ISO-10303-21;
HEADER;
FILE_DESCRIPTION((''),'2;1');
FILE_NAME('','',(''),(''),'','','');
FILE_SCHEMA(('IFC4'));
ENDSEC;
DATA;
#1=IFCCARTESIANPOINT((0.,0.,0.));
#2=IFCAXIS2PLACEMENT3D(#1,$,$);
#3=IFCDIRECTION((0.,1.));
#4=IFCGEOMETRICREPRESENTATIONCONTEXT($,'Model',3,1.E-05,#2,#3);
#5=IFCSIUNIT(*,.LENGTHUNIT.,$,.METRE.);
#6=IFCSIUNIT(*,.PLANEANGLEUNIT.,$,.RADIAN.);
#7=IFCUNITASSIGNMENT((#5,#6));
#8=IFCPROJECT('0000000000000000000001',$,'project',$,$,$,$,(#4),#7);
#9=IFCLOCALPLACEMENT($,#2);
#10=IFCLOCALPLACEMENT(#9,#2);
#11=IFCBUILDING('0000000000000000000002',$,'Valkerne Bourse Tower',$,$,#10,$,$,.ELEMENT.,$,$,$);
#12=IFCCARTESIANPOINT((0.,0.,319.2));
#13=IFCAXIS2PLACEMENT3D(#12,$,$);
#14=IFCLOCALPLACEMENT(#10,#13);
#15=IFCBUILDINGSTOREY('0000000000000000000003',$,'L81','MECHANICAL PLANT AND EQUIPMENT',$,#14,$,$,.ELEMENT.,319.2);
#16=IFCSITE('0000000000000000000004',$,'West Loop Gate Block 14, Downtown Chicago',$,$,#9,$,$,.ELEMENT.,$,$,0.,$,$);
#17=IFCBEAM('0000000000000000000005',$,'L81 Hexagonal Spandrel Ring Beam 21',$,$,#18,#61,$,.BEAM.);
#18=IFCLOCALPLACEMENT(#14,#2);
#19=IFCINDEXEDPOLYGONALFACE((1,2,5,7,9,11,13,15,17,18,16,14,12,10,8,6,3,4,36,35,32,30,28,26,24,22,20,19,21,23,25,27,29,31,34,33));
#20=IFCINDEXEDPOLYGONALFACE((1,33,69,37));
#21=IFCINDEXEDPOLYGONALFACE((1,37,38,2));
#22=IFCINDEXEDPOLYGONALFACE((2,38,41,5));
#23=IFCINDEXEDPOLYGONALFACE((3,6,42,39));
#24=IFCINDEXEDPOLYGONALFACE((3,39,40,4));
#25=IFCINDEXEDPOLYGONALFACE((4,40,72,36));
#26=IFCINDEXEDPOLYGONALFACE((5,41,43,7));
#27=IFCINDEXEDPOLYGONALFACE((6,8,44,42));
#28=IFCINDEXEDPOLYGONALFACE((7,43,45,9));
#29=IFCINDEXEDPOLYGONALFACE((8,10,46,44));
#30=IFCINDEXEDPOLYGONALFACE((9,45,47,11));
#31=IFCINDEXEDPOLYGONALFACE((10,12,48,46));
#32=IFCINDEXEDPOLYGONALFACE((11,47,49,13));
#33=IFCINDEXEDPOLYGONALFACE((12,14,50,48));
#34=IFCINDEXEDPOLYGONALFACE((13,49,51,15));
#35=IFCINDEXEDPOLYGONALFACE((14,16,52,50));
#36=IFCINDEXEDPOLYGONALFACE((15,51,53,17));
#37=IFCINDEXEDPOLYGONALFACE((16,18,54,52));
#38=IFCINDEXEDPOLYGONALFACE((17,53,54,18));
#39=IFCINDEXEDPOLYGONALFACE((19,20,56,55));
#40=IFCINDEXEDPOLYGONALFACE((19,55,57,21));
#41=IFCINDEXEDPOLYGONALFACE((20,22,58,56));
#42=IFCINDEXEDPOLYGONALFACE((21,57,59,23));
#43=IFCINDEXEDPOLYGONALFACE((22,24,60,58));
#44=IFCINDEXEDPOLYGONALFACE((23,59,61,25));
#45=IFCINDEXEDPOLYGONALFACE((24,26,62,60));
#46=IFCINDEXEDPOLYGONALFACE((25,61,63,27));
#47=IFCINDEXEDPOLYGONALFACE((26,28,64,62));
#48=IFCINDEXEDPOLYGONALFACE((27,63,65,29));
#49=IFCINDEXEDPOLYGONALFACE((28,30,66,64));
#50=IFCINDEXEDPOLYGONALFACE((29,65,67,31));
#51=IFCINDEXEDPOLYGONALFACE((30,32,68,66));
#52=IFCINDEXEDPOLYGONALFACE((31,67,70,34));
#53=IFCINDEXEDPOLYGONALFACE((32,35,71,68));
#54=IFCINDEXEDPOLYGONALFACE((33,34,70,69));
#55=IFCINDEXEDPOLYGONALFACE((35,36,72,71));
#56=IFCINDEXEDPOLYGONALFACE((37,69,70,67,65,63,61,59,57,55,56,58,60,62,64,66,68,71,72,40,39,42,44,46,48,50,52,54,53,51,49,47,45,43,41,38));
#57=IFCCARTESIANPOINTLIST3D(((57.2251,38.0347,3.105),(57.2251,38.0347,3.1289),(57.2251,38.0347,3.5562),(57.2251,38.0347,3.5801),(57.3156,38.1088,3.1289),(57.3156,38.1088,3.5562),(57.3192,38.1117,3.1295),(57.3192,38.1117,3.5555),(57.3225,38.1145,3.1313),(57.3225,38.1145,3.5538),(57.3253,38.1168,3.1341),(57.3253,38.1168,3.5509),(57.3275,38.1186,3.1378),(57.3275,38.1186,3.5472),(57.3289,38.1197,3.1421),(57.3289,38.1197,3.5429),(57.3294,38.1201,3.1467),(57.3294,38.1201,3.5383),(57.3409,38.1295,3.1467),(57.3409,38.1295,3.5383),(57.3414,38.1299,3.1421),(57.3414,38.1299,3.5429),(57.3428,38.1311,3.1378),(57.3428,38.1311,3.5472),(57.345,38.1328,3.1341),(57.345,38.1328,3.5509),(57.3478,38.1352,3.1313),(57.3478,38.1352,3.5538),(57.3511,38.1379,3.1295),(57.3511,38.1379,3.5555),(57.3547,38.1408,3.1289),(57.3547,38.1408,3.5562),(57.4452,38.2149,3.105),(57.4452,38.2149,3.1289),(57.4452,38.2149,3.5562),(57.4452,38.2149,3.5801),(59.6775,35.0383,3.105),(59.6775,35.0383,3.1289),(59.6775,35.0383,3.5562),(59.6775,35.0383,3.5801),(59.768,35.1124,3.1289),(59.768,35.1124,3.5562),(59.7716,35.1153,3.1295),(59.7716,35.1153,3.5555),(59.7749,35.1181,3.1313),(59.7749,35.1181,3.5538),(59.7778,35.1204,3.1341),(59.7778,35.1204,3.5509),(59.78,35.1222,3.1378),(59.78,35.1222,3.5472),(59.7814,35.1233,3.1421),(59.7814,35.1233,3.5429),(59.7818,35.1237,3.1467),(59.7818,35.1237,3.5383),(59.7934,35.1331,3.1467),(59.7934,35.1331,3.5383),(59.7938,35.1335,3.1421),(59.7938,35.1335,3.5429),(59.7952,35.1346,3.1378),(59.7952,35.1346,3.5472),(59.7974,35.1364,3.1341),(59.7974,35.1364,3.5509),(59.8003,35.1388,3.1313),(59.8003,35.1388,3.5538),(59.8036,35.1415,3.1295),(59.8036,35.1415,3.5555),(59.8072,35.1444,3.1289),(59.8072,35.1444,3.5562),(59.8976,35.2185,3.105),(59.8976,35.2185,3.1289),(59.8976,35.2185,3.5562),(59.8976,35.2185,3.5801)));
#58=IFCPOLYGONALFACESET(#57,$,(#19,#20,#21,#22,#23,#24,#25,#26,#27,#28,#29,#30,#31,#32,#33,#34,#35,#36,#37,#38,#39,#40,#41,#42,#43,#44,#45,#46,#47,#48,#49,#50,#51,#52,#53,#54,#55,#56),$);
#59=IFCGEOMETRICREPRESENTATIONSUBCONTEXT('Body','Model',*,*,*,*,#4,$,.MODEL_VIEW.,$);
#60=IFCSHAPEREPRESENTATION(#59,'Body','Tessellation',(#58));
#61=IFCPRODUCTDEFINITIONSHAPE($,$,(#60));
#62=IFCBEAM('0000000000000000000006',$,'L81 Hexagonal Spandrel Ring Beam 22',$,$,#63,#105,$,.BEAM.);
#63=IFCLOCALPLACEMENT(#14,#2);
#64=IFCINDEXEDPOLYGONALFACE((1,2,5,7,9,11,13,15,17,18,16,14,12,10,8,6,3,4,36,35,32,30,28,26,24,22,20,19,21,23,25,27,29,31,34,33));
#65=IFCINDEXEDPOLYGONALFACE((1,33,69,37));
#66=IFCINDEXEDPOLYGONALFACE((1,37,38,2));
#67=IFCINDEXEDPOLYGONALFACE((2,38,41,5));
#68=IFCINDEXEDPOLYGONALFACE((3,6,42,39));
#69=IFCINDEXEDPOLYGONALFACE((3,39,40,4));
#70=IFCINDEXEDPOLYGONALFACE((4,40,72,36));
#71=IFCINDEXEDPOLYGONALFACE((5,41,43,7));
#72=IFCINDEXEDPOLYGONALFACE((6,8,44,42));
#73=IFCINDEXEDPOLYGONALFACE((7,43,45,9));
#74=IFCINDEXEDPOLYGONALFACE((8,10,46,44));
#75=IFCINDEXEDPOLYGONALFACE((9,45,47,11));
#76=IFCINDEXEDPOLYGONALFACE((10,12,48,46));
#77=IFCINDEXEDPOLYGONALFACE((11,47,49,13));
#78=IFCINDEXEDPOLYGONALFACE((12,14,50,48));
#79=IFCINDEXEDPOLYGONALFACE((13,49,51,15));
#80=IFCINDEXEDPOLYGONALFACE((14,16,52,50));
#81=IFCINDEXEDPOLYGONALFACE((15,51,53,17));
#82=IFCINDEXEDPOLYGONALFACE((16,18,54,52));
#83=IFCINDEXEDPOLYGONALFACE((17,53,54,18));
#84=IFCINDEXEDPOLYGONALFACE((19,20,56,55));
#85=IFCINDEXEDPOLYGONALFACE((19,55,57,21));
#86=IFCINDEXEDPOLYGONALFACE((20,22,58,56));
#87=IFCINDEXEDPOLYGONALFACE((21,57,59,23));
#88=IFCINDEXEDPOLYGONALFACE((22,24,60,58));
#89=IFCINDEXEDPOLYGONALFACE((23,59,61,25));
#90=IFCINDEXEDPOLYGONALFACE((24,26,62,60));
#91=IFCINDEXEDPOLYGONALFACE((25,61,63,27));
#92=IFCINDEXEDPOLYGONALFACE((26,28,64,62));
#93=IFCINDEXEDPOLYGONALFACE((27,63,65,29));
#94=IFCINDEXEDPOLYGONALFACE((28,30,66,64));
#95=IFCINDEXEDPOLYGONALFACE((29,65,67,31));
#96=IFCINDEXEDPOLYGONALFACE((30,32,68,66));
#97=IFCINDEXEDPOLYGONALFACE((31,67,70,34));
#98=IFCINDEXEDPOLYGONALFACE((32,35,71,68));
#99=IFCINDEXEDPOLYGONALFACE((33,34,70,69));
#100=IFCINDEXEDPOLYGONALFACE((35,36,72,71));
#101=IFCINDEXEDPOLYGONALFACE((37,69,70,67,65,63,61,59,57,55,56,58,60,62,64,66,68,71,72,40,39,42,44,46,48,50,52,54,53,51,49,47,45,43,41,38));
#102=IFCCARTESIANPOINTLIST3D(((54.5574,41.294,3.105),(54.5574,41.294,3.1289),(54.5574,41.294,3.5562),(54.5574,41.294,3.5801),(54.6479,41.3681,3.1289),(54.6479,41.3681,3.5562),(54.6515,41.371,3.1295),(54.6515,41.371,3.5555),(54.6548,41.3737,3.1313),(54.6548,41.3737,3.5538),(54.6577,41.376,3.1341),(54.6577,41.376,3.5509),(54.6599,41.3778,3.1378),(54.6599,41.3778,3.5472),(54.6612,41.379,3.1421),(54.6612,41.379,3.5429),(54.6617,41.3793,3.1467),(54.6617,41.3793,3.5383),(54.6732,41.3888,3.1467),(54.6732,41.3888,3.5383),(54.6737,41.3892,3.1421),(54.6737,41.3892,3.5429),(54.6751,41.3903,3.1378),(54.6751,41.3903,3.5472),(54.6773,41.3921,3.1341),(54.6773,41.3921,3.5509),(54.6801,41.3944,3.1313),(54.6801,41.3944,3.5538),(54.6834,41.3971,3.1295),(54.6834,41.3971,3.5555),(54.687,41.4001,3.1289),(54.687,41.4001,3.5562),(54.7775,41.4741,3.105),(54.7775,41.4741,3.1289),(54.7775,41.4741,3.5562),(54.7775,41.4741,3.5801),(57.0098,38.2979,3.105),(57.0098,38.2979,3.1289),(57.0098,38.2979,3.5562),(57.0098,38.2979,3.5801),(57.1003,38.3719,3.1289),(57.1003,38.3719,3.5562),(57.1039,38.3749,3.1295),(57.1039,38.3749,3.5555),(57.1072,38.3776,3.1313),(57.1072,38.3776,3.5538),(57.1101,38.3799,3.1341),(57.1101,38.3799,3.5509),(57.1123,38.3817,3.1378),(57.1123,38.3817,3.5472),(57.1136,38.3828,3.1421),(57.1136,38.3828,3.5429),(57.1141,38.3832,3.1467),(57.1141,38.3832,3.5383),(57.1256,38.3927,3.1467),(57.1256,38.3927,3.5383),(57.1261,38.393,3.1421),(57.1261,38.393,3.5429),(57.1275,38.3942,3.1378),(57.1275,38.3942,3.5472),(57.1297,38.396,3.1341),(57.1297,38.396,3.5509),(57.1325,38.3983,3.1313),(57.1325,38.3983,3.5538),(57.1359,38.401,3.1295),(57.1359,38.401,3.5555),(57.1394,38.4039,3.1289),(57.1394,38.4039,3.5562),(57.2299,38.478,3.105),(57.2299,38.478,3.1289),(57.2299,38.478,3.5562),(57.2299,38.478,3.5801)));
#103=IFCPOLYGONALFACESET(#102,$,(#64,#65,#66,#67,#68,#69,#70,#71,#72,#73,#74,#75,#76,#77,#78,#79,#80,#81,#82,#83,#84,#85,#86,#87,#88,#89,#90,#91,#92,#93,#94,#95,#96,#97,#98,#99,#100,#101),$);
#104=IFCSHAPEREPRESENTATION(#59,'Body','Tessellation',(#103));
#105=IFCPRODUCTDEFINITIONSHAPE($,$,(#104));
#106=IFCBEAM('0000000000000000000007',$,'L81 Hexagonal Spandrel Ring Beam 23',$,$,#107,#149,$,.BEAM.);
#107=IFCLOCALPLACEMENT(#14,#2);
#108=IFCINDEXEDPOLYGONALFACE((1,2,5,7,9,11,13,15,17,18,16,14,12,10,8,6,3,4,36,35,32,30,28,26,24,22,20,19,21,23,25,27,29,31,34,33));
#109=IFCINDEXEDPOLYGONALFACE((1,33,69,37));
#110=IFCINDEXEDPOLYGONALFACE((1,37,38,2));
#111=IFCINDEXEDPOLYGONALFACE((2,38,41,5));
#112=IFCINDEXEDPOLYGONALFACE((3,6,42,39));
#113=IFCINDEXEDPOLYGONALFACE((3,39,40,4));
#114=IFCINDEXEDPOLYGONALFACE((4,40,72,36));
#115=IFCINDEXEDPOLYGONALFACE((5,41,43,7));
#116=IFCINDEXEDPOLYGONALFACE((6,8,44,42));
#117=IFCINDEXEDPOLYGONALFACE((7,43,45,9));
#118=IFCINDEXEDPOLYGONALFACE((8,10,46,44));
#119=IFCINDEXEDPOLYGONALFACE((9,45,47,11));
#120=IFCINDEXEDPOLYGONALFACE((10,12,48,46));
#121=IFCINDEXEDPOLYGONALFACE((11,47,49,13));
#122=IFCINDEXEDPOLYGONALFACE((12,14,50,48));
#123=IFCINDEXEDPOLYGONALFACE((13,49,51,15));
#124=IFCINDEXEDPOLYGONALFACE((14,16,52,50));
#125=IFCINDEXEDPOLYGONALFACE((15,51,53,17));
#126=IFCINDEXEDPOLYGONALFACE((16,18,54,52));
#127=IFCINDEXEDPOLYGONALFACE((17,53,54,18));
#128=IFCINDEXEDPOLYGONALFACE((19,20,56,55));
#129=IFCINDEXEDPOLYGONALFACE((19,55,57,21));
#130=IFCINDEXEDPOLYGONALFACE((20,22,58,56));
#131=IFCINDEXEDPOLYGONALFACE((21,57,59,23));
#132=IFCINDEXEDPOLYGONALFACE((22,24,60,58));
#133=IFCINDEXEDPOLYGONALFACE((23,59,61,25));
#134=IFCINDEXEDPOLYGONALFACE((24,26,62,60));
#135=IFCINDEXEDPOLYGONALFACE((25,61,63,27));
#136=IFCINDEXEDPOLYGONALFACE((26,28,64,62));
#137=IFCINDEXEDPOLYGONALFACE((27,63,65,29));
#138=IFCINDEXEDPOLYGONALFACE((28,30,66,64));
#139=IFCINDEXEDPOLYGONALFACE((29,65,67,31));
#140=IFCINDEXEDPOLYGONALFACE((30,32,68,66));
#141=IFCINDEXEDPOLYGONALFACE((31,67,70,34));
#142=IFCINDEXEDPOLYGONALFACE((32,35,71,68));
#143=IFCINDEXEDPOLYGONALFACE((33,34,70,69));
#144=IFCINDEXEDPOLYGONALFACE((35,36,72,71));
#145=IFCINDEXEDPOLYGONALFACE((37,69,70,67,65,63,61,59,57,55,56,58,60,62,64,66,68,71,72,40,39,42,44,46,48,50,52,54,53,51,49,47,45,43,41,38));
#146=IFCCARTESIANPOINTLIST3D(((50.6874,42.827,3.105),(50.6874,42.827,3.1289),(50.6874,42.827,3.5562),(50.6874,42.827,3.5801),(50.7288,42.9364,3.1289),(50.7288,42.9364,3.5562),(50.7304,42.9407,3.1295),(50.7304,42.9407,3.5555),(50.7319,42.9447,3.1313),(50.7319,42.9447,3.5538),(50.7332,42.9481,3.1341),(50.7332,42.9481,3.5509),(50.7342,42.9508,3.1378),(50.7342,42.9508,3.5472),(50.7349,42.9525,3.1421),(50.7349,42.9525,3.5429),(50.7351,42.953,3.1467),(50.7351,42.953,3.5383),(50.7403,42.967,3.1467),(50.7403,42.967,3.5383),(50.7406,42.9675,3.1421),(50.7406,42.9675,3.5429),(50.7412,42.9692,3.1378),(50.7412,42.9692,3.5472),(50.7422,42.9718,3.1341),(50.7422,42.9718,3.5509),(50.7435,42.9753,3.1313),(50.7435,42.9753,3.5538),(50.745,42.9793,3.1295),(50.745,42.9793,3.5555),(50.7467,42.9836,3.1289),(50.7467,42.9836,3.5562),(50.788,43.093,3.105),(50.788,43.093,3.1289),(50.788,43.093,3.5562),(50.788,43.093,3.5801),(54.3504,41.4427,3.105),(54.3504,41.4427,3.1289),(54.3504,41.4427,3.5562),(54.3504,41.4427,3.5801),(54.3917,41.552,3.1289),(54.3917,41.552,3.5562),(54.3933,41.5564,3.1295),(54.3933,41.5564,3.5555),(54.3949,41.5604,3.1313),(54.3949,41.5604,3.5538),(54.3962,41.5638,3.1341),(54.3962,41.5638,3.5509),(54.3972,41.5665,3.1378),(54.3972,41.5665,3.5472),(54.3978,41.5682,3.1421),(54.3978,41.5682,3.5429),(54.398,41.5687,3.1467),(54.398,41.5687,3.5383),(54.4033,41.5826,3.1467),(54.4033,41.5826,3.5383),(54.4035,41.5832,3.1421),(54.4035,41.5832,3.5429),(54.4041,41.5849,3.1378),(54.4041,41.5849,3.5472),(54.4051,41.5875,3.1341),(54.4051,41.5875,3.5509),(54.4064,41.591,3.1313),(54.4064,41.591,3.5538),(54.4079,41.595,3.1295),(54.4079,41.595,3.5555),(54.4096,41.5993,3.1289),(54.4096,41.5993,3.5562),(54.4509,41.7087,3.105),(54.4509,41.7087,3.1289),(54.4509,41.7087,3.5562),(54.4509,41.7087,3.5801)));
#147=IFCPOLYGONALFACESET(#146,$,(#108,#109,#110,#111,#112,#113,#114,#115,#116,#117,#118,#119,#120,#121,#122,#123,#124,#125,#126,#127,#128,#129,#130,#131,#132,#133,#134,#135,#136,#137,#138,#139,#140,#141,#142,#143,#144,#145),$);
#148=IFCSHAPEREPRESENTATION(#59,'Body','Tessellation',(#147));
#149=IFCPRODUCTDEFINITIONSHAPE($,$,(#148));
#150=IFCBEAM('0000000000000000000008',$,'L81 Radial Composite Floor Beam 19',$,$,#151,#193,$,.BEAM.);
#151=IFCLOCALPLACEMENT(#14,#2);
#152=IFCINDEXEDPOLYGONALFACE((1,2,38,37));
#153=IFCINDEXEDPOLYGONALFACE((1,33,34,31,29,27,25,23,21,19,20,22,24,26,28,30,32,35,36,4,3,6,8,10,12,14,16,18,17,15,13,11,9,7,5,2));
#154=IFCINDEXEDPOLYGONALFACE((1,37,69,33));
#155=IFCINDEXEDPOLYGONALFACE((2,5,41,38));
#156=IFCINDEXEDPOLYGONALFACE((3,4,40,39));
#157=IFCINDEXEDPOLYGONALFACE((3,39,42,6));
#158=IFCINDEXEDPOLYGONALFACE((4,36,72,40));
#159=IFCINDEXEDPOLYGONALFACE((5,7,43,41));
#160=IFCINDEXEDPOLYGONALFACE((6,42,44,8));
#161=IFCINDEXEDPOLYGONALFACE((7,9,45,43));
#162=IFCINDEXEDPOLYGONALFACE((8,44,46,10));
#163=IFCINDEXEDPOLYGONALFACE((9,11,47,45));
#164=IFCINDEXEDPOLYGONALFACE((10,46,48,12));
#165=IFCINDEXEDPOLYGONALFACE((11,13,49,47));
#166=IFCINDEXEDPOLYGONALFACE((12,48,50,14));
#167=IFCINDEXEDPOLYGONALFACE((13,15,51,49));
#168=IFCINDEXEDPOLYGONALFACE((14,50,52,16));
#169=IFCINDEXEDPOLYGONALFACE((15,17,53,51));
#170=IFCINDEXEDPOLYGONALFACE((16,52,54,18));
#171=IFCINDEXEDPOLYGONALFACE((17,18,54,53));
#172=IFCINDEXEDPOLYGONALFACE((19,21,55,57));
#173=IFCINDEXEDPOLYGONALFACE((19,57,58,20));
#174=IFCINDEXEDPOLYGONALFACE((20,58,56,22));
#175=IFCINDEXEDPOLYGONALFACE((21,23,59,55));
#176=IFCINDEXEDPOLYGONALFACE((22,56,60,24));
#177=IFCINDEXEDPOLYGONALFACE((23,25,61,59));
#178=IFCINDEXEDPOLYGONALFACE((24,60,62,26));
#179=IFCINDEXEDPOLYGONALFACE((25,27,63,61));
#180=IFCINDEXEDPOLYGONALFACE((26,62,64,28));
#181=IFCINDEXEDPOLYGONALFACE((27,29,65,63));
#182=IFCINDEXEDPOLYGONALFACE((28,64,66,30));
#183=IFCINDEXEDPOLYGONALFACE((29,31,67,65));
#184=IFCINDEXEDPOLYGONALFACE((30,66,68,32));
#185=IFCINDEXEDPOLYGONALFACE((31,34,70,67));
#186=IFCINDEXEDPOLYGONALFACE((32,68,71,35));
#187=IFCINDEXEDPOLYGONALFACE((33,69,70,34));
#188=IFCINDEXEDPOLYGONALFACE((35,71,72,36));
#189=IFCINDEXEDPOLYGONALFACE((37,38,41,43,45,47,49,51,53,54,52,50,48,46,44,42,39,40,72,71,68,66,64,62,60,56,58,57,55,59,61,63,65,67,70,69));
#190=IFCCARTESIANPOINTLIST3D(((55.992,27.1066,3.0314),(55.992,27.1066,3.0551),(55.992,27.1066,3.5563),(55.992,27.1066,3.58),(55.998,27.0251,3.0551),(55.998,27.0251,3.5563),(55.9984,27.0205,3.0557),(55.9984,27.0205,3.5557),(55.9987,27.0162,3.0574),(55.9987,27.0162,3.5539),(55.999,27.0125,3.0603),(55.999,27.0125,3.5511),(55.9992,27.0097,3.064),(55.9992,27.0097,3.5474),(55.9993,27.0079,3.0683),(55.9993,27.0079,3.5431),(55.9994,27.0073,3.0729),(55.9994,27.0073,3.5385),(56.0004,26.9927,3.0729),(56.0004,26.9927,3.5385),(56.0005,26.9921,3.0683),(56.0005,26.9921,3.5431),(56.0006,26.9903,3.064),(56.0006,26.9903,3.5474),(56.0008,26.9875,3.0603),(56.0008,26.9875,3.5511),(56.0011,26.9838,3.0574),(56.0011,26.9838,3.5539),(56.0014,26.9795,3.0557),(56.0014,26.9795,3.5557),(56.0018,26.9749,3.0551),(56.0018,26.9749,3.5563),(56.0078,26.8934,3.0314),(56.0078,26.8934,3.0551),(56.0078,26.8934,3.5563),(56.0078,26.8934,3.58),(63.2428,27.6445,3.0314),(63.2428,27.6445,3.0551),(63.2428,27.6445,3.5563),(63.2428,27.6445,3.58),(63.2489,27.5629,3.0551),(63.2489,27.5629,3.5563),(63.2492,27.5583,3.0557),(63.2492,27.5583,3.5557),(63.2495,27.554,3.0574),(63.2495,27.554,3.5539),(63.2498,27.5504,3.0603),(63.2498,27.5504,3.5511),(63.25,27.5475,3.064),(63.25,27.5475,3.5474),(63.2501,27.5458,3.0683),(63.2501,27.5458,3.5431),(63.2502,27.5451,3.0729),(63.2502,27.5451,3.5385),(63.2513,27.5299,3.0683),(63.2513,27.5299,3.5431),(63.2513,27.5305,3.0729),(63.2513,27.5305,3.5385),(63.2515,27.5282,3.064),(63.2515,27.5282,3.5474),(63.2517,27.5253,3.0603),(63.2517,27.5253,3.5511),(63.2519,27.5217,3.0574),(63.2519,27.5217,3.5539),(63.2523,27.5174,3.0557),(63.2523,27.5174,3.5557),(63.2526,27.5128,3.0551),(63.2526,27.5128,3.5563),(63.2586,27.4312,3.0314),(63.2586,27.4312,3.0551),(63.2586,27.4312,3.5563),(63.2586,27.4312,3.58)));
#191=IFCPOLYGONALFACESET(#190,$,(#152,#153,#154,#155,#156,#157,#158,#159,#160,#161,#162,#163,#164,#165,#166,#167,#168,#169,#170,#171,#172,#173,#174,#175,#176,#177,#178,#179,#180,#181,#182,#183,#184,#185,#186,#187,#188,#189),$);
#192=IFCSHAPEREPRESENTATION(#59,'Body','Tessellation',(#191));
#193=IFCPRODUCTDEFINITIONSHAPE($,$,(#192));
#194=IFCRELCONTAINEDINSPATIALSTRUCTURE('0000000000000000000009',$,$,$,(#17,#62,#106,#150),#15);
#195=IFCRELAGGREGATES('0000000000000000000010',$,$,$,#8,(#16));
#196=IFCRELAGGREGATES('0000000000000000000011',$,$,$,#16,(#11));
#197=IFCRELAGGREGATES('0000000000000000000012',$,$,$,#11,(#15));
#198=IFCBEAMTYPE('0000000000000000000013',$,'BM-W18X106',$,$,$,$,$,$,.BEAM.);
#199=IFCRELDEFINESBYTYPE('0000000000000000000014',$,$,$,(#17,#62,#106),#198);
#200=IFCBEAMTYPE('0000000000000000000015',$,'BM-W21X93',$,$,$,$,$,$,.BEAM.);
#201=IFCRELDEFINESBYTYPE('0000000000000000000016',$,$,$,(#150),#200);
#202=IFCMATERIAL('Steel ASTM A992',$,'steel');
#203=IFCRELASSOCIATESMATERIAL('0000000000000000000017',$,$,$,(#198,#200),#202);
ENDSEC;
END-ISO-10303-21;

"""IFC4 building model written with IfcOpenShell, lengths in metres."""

from ifc_helpers import new_model, si_unit, direction, frame, origin, origin_2d, place, context, subcontext, project, spatial, i_section, extrude, material, material_profile, profile_set, type_object, element, save


model = new_model("IFC4")

# Units and contexts
model_context = context("Model", 3, precision=1e-05, world=origin(), true_north=direction((0.0, 1.0)))
body_context = subcontext(model_context, "Body", "Model", "MODEL_VIEW")
ifc_project = project(units=[si_unit("LENGTHUNIT", "METRE"), si_unit("PLANEANGLEUNIT", "RADIAN")], contexts=[model_context])

# Site, building, storey
site_placement = place(None, origin())
site = spatial("IfcSite", under=ifc_project, at=site_placement, Name="West Loop Gate Block 14, Downtown Chicago", CompositionType="ELEMENT", RefElevation=0.0)
building_placement = place(site_placement, origin())
building = spatial("IfcBuilding", under=site, at=building_placement, Name="Valkerne Bourse Tower", CompositionType="ELEMENT")
storey_placement = place(building_placement, frame((0.0, 0.0, 319.2)))
storey = spatial("IfcBuildingStorey", under=building, at=storey_placement, Name="L81", Description="MECHANICAL PLANT AND EQUIPMENT", CompositionType="ELEMENT", Elevation=319.2)

# Beams
ifc_material_1 = material(Name="Steel ASTM A992", Category="steel")
ifc_material_profile_1 = material_profile(ifc_material_1, i_section(OverallWidth=0.2844, OverallDepth=0.4751, WebThickness=0.0149, FlangeThickness=0.0239, FilletRadius=0.0178, at=origin_2d()), Name="W18X106")
ifc_profile_set_1 = profile_set([ifc_material_profile_1], Name="Steel ASTM A992")
beam_type_1 = type_object("IfcBeamType", Name="BM-W18X106", PredefinedType="BEAM", material=ifc_profile_set_1)
beam_1_placement = place(storey_placement, frame((59.7876, 35.1284, 3.3425), z_axis=(-0.633368, 0.773851, 0.0), x_axis=(-0.773851, -0.633368, 0.0)))
element("IfcBeam", 1, at=beam_1_placement, inside=storey, type_object=beam_type_1, Name="L81 Hexagonal Spandrel Ring Beam 21", PredefinedType="BEAM", context=body_context, shape_type="SweptSolid", body=[
    extrude(i_section(OverallWidth=0.2844, OverallDepth=0.4751, WebThickness=0.0149, FlangeThickness=0.0239, FilletRadius=0.0178, at=origin_2d()), origin(), (0.0, 0.0, 1.0), 3.8721),
])
beam_2_placement = place(storey_placement, frame((57.1199, 38.3879, 3.3425), z_axis=(-0.633399, 0.773825, 0.0), x_axis=(-0.773825, -0.633399, 0.0)))
element("IfcBeam", 2, at=beam_2_placement, inside=storey, type_object=beam_type_1, Name="L81 Hexagonal Spandrel Ring Beam 22", PredefinedType="BEAM", context=body_context, shape_type="SweptSolid", body=[
    extrude(i_section(OverallWidth=0.2844, OverallDepth=0.4751, WebThickness=0.0149, FlangeThickness=0.0239, FilletRadius=0.0178, at=origin_2d()), origin(), (0.0, 0.0, 1.0), 3.8718),
])
beam_3_placement = place(storey_placement, frame((54.4006, 41.5757, 3.3425), z_axis=(-0.935427, 0.353521, 0.0), x_axis=(-0.353521, -0.935427, 0.0)))
element("IfcBeam", 3, at=beam_3_placement, inside=storey, type_object=beam_type_1, Name="L81 Hexagonal Spandrel Ring Beam 23", PredefinedType="BEAM", context=body_context, shape_type="SweptSolid", body=[
    extrude(i_section(OverallWidth=0.2844, OverallDepth=0.4751, WebThickness=0.0149, FlangeThickness=0.0239, FilletRadius=0.0178, at=origin_2d()), origin(), (0.0, 0.0, 1.0), 3.9158),
])
ifc_material_profile_2 = material_profile(ifc_material_1, i_section(OverallWidth=0.2139, OverallDepth=0.5486, WebThickness=0.0146, FlangeThickness=0.0237, FilletRadius=0.0178, at=origin_2d()), Name="W21X93")
ifc_profile_set_2 = profile_set([ifc_material_profile_2], Name="Steel ASTM A992")
beam_type_2 = type_object("IfcBeamType", Name="BM-W21X93", PredefinedType="BEAM", material=ifc_profile_set_2)
beam_4_placement = place(storey_placement, frame((63.2507, 27.5378, 3.3057), z_axis=(-0.99726, -0.073974, 0.0), x_axis=(0.073974, -0.99726, 0.0)))
element("IfcBeam", 4, at=beam_4_placement, inside=storey, type_object=beam_type_2, Name="L81 Radial Composite Floor Beam 19", PredefinedType="BEAM", context=body_context, shape_type="SweptSolid", body=[
    extrude(i_section(OverallWidth=0.2139, OverallDepth=0.5486, WebThickness=0.0146, FlangeThickness=0.0237, FilletRadius=0.0178, at=origin_2d()), origin(), (0.0, 0.0, 1.0), 7.2708),
])

save(model, "model.ifc")
